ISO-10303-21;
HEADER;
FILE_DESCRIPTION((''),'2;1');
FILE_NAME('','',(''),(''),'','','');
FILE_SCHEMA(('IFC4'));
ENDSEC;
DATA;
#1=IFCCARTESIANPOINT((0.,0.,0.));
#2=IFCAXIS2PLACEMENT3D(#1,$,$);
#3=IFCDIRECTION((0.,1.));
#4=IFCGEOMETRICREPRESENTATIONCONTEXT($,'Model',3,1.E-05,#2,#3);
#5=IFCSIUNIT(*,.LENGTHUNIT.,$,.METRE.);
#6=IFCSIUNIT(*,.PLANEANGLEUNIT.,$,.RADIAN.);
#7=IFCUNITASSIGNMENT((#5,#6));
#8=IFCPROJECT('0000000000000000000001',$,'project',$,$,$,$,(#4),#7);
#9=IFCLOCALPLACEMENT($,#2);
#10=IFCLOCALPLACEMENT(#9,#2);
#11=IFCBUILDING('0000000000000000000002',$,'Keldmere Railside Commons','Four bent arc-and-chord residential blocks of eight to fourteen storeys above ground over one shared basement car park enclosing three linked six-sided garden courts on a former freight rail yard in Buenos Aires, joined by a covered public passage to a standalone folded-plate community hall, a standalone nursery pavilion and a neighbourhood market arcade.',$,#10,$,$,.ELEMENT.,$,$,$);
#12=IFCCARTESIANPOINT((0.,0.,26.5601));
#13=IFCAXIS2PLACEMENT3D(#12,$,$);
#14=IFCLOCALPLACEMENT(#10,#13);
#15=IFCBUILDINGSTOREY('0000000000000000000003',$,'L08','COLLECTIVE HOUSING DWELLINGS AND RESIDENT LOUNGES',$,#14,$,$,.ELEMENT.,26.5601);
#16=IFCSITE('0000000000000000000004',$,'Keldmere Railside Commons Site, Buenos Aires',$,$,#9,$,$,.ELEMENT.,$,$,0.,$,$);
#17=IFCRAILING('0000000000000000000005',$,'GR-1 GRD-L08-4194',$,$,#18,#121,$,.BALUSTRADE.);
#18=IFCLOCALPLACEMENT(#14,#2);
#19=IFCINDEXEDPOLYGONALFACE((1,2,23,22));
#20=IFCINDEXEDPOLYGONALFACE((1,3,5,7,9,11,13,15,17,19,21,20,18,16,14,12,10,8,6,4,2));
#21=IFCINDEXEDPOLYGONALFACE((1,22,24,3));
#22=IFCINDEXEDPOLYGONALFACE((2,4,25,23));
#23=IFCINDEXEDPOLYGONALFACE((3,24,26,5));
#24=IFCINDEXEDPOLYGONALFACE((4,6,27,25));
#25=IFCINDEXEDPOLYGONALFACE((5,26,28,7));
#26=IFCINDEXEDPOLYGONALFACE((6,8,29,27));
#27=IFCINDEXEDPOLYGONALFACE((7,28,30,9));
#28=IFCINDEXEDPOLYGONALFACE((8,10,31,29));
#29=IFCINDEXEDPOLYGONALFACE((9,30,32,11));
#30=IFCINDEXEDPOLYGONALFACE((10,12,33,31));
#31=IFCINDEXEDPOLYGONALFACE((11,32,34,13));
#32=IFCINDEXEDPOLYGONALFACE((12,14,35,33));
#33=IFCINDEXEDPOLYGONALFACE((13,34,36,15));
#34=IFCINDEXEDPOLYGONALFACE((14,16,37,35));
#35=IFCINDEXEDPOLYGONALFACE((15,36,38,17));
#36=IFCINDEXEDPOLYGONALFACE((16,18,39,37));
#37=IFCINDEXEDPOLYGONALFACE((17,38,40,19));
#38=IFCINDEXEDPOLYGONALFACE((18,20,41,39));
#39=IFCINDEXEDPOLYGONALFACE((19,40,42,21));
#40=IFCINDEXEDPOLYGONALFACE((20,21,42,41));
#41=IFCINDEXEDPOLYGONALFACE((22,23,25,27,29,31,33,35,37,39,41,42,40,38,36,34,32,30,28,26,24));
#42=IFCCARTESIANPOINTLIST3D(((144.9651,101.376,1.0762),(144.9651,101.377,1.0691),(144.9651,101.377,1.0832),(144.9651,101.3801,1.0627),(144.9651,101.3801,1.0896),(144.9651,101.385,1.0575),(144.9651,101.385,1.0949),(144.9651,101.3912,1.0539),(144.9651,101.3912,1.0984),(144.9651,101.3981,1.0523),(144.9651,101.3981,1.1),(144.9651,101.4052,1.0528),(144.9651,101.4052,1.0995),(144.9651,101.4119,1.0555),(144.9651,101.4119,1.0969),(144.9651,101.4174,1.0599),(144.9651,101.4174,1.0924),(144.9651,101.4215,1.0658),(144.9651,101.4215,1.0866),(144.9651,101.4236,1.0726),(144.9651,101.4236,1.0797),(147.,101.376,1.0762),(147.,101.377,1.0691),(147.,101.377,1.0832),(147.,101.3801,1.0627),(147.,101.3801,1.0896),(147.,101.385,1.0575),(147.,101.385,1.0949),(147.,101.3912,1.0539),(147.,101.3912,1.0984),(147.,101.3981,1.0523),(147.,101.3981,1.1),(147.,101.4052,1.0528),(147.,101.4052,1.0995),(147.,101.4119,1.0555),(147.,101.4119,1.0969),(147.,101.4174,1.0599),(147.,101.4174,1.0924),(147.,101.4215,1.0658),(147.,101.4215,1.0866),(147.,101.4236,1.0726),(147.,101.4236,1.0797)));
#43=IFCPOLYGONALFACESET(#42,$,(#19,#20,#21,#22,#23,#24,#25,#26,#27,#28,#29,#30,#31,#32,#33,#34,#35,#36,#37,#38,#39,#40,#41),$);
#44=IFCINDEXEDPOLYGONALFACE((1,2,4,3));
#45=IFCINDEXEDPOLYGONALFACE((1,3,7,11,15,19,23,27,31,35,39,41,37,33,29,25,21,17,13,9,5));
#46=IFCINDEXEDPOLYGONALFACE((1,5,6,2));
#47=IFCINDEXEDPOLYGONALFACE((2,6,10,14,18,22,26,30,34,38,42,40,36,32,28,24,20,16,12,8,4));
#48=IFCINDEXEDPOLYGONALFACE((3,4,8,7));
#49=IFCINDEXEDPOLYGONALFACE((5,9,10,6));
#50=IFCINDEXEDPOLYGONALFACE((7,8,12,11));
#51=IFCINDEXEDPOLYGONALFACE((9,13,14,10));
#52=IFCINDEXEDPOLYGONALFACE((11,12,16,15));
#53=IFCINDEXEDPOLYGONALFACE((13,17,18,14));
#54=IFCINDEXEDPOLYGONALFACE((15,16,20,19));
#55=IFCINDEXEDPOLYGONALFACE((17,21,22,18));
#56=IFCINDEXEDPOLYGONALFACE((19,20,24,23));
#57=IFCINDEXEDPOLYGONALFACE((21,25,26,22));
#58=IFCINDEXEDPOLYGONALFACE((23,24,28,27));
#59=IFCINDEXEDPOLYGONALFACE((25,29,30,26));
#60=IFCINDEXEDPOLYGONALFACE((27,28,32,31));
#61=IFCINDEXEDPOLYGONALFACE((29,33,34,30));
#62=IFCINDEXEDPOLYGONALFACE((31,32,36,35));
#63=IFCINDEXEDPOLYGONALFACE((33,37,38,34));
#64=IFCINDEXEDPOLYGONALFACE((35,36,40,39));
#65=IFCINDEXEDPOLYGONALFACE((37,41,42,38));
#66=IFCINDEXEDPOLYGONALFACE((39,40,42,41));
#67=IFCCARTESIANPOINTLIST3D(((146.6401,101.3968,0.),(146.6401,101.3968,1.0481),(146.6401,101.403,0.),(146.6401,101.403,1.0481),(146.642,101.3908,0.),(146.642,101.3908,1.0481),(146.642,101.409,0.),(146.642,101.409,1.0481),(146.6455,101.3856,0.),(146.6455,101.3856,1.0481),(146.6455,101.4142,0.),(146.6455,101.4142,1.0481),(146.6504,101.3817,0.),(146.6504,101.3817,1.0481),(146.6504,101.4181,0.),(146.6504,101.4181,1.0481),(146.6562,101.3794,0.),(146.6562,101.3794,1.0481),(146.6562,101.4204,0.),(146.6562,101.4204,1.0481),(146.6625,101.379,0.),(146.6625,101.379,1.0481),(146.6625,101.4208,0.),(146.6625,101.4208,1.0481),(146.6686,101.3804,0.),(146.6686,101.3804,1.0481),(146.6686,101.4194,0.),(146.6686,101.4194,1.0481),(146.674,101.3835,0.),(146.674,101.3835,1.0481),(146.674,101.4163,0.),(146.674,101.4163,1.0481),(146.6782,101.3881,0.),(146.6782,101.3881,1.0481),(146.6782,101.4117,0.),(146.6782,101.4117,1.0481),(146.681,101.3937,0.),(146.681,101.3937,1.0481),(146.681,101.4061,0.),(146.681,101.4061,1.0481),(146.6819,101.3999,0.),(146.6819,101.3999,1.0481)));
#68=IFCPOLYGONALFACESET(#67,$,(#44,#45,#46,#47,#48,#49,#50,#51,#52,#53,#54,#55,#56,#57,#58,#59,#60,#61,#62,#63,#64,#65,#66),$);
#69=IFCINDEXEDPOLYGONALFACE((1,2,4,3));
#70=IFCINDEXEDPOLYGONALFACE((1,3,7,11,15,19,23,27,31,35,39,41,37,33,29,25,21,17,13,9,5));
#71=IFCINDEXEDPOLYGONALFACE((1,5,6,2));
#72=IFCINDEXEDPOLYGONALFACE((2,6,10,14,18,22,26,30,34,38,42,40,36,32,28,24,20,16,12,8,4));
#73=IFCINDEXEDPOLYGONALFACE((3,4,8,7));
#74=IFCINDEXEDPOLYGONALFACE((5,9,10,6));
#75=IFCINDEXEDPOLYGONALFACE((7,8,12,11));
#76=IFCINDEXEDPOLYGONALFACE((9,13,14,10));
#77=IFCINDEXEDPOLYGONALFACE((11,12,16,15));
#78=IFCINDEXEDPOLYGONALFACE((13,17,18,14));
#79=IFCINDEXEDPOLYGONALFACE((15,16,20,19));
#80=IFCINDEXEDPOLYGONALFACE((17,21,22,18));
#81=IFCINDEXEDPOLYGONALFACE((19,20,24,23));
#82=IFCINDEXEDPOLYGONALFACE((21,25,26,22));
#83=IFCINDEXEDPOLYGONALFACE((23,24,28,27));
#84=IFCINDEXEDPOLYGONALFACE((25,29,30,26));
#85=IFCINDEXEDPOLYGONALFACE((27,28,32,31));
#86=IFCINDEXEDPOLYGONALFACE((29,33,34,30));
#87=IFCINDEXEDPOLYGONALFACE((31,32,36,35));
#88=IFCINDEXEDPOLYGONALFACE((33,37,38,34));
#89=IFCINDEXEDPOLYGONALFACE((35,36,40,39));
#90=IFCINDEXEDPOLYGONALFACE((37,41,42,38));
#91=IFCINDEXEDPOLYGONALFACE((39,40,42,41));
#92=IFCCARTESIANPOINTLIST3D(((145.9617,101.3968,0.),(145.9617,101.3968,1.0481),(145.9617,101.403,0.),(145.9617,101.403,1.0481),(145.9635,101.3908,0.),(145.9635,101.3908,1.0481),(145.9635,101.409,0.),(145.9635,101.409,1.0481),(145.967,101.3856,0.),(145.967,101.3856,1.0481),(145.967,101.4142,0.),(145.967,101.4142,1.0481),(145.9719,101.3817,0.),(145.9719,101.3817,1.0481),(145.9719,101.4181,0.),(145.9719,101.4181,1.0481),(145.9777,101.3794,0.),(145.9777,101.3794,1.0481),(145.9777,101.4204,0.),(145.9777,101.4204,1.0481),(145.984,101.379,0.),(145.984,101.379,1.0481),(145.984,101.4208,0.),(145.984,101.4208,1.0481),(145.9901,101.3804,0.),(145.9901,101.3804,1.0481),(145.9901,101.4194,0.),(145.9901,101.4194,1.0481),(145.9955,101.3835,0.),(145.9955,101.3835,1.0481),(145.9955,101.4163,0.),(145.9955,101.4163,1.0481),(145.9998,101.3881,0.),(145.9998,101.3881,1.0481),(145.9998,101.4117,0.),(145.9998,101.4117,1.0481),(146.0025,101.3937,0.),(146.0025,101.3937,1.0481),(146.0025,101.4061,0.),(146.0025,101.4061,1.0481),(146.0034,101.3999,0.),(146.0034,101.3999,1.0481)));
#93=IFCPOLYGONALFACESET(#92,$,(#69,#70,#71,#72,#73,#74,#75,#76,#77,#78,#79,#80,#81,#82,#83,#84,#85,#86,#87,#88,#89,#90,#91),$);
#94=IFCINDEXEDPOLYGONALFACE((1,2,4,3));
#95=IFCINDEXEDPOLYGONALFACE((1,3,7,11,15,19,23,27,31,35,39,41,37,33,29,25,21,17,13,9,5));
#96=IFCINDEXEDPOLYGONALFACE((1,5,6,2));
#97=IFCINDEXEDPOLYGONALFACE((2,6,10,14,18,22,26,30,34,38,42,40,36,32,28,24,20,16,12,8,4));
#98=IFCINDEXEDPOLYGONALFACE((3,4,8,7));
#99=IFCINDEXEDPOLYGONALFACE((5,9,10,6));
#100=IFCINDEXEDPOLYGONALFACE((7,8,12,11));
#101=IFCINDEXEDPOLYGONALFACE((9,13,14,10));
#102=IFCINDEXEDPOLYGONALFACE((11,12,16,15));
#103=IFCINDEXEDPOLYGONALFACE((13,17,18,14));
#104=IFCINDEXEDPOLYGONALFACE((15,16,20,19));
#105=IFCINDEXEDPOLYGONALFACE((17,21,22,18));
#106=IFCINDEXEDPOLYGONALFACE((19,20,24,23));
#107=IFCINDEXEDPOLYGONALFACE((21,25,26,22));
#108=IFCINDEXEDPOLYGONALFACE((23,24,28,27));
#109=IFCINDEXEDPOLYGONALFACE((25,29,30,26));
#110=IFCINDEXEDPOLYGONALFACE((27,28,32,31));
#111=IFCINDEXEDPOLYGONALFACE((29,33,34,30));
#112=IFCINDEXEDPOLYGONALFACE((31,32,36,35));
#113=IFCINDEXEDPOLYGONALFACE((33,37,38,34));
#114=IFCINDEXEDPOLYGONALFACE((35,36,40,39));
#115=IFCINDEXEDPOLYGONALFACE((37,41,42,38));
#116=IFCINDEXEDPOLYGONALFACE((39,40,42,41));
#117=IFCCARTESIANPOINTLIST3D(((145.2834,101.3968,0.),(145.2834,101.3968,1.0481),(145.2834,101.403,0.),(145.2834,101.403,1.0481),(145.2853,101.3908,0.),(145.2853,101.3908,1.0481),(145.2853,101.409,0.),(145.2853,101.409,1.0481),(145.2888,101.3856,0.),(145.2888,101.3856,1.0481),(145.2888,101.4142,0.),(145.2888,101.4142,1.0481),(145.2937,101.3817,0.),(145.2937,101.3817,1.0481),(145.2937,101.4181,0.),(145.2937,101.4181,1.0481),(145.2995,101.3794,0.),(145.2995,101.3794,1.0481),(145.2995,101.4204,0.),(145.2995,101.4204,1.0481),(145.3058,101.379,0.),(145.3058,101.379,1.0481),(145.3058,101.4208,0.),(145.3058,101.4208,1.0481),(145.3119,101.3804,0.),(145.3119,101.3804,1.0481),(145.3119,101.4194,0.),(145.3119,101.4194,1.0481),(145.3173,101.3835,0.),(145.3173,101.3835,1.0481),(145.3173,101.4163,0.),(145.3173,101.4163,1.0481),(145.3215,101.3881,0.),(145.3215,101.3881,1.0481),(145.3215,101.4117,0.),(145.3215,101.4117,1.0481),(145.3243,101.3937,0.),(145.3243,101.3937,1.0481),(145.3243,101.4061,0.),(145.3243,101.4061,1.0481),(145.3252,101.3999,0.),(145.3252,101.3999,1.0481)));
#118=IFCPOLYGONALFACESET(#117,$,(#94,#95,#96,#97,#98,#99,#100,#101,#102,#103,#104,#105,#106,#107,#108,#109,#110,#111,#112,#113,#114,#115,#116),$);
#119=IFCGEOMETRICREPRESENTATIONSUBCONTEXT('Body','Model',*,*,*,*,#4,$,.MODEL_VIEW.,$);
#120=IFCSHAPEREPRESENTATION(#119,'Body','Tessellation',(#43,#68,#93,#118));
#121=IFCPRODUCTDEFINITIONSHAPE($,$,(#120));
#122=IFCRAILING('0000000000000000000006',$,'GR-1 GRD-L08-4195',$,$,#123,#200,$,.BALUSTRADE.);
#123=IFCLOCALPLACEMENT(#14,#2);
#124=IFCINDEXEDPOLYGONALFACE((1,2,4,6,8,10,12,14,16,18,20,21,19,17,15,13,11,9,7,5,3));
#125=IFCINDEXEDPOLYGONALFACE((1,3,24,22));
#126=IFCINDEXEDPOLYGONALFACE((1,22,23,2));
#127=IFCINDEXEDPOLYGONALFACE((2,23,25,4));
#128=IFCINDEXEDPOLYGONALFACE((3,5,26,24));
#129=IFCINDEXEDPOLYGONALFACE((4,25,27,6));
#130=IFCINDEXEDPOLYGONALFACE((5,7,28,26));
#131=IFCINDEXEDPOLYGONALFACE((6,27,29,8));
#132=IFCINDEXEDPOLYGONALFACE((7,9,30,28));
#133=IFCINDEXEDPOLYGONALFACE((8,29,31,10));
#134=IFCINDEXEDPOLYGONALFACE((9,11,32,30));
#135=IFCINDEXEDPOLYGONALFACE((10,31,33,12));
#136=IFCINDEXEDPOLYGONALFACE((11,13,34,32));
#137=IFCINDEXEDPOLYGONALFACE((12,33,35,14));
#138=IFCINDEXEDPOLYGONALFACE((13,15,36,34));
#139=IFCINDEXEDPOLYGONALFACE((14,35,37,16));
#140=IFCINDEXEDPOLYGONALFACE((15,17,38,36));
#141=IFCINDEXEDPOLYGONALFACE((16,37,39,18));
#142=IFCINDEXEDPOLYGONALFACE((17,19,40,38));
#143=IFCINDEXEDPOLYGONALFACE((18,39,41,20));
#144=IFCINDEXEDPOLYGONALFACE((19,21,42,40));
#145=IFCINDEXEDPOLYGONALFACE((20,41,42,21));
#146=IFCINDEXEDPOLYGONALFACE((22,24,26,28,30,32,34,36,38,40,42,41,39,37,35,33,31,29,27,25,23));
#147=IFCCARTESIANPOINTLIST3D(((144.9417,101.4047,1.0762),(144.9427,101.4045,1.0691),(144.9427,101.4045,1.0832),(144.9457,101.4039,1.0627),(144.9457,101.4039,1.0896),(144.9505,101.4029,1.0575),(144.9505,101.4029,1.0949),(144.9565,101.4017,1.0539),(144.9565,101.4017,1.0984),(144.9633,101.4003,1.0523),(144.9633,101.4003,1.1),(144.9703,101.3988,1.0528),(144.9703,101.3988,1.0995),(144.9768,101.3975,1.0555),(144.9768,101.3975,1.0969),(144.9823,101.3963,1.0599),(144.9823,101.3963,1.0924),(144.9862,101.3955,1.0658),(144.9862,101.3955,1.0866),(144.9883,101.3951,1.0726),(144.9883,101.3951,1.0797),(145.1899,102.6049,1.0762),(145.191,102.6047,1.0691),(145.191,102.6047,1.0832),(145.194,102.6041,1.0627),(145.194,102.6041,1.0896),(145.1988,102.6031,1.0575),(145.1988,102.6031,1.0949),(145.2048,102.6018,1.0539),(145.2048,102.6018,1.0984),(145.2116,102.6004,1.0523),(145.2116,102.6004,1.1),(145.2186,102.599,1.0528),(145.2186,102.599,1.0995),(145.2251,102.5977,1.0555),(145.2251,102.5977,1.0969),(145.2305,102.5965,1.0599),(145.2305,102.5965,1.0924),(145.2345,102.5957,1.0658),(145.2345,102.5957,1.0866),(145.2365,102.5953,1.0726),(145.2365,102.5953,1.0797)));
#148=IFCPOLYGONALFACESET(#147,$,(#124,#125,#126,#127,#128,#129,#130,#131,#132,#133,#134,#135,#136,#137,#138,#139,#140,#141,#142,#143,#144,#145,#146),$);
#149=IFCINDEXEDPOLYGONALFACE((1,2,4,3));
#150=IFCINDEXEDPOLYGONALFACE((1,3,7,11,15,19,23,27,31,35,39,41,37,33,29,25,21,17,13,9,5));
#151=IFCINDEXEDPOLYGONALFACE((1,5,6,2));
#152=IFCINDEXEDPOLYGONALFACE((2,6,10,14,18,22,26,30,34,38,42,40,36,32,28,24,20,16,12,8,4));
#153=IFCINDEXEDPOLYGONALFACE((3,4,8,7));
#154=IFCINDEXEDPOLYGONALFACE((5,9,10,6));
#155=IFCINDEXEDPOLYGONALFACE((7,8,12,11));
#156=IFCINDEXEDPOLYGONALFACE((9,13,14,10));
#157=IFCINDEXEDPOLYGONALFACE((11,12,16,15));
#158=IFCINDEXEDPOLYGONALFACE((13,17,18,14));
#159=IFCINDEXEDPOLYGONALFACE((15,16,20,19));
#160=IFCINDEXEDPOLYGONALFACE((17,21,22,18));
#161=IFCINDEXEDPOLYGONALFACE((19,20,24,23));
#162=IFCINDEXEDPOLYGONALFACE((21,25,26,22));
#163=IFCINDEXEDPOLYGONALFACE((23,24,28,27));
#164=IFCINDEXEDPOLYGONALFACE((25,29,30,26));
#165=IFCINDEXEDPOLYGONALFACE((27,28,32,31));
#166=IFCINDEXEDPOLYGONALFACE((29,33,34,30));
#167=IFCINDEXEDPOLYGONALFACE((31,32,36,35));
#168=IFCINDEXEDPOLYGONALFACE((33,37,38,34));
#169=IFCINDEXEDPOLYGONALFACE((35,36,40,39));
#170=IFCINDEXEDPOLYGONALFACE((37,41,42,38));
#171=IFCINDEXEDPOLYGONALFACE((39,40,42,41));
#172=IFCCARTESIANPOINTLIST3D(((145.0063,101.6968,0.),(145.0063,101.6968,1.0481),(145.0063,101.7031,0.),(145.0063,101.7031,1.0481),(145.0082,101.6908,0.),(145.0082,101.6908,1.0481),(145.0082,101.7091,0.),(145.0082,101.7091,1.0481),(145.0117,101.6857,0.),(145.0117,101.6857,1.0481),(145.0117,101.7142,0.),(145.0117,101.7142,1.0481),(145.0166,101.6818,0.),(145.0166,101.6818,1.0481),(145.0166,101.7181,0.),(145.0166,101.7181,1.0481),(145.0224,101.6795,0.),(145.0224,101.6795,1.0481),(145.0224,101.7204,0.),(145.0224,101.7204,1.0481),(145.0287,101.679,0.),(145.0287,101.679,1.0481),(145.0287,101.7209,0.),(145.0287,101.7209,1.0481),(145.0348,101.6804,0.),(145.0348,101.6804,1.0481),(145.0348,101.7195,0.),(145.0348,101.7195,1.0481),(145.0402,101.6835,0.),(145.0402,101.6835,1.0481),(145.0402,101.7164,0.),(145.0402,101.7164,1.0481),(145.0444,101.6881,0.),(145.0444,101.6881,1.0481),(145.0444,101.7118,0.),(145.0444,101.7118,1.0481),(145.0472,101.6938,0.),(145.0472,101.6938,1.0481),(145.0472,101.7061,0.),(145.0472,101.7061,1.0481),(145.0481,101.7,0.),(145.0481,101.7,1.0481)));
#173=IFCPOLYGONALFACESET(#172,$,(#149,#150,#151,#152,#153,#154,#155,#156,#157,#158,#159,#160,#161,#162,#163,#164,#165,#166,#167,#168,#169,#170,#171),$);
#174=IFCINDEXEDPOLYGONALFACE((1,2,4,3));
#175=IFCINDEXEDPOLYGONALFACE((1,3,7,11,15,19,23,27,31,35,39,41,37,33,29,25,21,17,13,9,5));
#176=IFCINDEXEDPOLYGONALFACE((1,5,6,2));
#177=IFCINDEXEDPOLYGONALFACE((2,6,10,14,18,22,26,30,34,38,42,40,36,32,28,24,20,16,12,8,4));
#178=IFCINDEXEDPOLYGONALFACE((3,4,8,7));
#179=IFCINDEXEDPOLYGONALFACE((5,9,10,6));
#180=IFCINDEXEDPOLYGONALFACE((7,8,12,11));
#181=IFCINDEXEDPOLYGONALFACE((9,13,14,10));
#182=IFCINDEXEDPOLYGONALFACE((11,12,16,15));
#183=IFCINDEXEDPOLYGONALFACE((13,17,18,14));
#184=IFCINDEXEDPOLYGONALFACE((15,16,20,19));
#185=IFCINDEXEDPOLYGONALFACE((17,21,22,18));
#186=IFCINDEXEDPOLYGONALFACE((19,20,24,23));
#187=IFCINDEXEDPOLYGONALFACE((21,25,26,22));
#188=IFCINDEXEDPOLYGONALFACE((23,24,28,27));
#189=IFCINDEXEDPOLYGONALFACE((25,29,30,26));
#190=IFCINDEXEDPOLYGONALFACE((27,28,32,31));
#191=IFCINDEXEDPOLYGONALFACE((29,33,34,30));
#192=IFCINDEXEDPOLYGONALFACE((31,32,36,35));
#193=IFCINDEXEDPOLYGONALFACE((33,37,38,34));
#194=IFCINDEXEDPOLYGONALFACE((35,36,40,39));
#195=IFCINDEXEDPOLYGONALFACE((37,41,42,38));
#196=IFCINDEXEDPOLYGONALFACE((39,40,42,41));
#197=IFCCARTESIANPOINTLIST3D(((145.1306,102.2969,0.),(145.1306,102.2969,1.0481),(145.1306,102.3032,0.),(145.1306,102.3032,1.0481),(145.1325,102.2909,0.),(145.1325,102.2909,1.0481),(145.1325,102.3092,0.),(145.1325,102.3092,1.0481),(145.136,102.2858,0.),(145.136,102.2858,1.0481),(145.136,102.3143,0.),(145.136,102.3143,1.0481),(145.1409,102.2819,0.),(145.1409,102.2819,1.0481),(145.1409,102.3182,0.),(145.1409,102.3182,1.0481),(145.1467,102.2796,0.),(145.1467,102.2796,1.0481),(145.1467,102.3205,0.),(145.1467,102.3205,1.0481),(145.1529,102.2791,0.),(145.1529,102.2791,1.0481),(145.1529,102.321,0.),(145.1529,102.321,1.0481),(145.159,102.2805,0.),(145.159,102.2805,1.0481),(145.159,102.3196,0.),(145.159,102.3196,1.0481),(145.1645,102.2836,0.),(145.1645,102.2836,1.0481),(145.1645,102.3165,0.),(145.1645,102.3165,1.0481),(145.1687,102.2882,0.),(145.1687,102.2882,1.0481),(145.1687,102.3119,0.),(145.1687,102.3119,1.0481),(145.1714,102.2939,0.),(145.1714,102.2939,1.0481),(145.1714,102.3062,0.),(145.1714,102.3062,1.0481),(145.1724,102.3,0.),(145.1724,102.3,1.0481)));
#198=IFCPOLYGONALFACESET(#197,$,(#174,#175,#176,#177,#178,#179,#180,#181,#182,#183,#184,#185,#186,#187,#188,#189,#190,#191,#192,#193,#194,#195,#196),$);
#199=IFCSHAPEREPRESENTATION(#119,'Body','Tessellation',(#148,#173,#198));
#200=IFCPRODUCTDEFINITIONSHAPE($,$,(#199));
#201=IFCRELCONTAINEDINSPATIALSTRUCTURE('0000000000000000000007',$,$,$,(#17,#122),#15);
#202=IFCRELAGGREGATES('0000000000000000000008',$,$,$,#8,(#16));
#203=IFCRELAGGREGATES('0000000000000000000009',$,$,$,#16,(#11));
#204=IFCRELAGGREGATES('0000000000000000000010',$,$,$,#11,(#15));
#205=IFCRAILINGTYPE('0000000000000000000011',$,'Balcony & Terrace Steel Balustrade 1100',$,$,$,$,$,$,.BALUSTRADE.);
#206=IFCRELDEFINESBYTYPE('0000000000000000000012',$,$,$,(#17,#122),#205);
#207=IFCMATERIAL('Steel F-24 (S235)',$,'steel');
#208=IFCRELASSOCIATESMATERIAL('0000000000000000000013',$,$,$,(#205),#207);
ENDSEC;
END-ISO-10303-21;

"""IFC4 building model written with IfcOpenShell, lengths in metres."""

from ifc_helpers import new_model, si_unit, direction, frame, origin, origin_2d, place, context, subcontext, project, spatial, circle, extrude, material, type_object, element, save


model = new_model("IFC4")

# Units and contexts
model_context = context("Model", 3, precision=1e-05, world=origin(), true_north=direction((0.0, 1.0)))
body_context = subcontext(model_context, "Body", "Model", "MODEL_VIEW")
ifc_project = project(units=[si_unit("LENGTHUNIT", "METRE"), si_unit("PLANEANGLEUNIT", "RADIAN")], contexts=[model_context])

# Site, building, storey
site_placement = place(None, origin())
site = spatial("IfcSite", under=ifc_project, at=site_placement, Name="Keldmere Railside Commons Site, Buenos Aires", CompositionType="ELEMENT", RefElevation=0.0)
building_placement = place(site_placement, origin())
building = spatial("IfcBuilding", under=site, at=building_placement, Name="Keldmere Railside Commons", Description="Four bent arc-and-chord residential blocks of eight to fourteen storeys above ground over one shared basement car park enclosing three linked six-sided garden courts on a former freight rail yard in Buenos Aires, joined by a covered public passage to a standalone folded-plate community hall, a standalone nursery pavilion and a neighbourhood market arcade.", CompositionType="ELEMENT")
storey_placement = place(building_placement, frame((0.0, 0.0, 26.5601)))
storey = spatial("IfcBuildingStorey", under=building, at=storey_placement, Name="L08", Description="COLLECTIVE HOUSING DWELLINGS AND RESIDENT LOUNGES", CompositionType="ELEMENT", Elevation=26.5601)

# Railings
ifc_material_1 = material(Name="Steel F-24 (S235)", Category="steel")
railing_type_1 = type_object("IfcRailingType", Name="Balcony & Terrace Steel Balustrade 1100", PredefinedType="BALUSTRADE", material=ifc_material_1)
railing_1_placement = place(storey_placement, frame((147.0, 101.3999, 0.0)))
element("IfcRailing", 1, at=railing_1_placement, inside=storey, type_object=railing_type_1, Name="GR-1 GRD-L08-4194", PredefinedType="BALUSTRADE", context=body_context, shape_type="SweptSolid", body=[
    extrude(circle(Radius=0.0239, at=origin_2d()), frame((0.0, 0.0, 1.0762), z_axis=(-1.0, 0.0, 0.0), x_axis=(0.0, -1.0, 0.0)), (0.0, 0.0, 1.0), 2.0349),
    extrude(circle(Radius=0.021, at=origin_2d()), frame((-0.3391, 0.0, 0.0)), (0.0, 0.0, 1.0), 1.0481),
    extrude(circle(Radius=0.021, at=origin_2d()), frame((-1.0176, 0.0, 0.0)), (0.0, 0.0, 1.0), 1.0481),
    extrude(circle(Radius=0.021, at=origin_2d()), frame((-1.6958, 0.0, 0.0)), (0.0, 0.0, 1.0), 1.0481),
])
railing_2_placement = place(storey_placement, frame((144.9651, 101.3999, 0.0)))
element("IfcRailing", 2, at=railing_2_placement, inside=storey, type_object=railing_type_1, Name="GR-1 GRD-L08-4195", PredefinedType="BALUSTRADE", context=body_context, shape_type="SweptSolid", body=[
    extrude(circle(Radius=0.0239, at=origin_2d()), frame((0.0, 0.0, 1.0762), z_axis=(0.202586, 0.979265, 0.0), x_axis=(-0.979265, 0.202586, 0.0)), (0.0, 0.0, 1.0), 1.2256),
    extrude(circle(Radius=0.021, at=origin_2d()), frame((0.062, 0.3, 0.0)), (0.0, 0.0, 1.0), 1.0481),
    extrude(circle(Radius=0.021, at=origin_2d()), frame((0.1863, 0.9001, 0.0)), (0.0, 0.0, 1.0), 1.0481),
])

save(model, "model.ifc")
